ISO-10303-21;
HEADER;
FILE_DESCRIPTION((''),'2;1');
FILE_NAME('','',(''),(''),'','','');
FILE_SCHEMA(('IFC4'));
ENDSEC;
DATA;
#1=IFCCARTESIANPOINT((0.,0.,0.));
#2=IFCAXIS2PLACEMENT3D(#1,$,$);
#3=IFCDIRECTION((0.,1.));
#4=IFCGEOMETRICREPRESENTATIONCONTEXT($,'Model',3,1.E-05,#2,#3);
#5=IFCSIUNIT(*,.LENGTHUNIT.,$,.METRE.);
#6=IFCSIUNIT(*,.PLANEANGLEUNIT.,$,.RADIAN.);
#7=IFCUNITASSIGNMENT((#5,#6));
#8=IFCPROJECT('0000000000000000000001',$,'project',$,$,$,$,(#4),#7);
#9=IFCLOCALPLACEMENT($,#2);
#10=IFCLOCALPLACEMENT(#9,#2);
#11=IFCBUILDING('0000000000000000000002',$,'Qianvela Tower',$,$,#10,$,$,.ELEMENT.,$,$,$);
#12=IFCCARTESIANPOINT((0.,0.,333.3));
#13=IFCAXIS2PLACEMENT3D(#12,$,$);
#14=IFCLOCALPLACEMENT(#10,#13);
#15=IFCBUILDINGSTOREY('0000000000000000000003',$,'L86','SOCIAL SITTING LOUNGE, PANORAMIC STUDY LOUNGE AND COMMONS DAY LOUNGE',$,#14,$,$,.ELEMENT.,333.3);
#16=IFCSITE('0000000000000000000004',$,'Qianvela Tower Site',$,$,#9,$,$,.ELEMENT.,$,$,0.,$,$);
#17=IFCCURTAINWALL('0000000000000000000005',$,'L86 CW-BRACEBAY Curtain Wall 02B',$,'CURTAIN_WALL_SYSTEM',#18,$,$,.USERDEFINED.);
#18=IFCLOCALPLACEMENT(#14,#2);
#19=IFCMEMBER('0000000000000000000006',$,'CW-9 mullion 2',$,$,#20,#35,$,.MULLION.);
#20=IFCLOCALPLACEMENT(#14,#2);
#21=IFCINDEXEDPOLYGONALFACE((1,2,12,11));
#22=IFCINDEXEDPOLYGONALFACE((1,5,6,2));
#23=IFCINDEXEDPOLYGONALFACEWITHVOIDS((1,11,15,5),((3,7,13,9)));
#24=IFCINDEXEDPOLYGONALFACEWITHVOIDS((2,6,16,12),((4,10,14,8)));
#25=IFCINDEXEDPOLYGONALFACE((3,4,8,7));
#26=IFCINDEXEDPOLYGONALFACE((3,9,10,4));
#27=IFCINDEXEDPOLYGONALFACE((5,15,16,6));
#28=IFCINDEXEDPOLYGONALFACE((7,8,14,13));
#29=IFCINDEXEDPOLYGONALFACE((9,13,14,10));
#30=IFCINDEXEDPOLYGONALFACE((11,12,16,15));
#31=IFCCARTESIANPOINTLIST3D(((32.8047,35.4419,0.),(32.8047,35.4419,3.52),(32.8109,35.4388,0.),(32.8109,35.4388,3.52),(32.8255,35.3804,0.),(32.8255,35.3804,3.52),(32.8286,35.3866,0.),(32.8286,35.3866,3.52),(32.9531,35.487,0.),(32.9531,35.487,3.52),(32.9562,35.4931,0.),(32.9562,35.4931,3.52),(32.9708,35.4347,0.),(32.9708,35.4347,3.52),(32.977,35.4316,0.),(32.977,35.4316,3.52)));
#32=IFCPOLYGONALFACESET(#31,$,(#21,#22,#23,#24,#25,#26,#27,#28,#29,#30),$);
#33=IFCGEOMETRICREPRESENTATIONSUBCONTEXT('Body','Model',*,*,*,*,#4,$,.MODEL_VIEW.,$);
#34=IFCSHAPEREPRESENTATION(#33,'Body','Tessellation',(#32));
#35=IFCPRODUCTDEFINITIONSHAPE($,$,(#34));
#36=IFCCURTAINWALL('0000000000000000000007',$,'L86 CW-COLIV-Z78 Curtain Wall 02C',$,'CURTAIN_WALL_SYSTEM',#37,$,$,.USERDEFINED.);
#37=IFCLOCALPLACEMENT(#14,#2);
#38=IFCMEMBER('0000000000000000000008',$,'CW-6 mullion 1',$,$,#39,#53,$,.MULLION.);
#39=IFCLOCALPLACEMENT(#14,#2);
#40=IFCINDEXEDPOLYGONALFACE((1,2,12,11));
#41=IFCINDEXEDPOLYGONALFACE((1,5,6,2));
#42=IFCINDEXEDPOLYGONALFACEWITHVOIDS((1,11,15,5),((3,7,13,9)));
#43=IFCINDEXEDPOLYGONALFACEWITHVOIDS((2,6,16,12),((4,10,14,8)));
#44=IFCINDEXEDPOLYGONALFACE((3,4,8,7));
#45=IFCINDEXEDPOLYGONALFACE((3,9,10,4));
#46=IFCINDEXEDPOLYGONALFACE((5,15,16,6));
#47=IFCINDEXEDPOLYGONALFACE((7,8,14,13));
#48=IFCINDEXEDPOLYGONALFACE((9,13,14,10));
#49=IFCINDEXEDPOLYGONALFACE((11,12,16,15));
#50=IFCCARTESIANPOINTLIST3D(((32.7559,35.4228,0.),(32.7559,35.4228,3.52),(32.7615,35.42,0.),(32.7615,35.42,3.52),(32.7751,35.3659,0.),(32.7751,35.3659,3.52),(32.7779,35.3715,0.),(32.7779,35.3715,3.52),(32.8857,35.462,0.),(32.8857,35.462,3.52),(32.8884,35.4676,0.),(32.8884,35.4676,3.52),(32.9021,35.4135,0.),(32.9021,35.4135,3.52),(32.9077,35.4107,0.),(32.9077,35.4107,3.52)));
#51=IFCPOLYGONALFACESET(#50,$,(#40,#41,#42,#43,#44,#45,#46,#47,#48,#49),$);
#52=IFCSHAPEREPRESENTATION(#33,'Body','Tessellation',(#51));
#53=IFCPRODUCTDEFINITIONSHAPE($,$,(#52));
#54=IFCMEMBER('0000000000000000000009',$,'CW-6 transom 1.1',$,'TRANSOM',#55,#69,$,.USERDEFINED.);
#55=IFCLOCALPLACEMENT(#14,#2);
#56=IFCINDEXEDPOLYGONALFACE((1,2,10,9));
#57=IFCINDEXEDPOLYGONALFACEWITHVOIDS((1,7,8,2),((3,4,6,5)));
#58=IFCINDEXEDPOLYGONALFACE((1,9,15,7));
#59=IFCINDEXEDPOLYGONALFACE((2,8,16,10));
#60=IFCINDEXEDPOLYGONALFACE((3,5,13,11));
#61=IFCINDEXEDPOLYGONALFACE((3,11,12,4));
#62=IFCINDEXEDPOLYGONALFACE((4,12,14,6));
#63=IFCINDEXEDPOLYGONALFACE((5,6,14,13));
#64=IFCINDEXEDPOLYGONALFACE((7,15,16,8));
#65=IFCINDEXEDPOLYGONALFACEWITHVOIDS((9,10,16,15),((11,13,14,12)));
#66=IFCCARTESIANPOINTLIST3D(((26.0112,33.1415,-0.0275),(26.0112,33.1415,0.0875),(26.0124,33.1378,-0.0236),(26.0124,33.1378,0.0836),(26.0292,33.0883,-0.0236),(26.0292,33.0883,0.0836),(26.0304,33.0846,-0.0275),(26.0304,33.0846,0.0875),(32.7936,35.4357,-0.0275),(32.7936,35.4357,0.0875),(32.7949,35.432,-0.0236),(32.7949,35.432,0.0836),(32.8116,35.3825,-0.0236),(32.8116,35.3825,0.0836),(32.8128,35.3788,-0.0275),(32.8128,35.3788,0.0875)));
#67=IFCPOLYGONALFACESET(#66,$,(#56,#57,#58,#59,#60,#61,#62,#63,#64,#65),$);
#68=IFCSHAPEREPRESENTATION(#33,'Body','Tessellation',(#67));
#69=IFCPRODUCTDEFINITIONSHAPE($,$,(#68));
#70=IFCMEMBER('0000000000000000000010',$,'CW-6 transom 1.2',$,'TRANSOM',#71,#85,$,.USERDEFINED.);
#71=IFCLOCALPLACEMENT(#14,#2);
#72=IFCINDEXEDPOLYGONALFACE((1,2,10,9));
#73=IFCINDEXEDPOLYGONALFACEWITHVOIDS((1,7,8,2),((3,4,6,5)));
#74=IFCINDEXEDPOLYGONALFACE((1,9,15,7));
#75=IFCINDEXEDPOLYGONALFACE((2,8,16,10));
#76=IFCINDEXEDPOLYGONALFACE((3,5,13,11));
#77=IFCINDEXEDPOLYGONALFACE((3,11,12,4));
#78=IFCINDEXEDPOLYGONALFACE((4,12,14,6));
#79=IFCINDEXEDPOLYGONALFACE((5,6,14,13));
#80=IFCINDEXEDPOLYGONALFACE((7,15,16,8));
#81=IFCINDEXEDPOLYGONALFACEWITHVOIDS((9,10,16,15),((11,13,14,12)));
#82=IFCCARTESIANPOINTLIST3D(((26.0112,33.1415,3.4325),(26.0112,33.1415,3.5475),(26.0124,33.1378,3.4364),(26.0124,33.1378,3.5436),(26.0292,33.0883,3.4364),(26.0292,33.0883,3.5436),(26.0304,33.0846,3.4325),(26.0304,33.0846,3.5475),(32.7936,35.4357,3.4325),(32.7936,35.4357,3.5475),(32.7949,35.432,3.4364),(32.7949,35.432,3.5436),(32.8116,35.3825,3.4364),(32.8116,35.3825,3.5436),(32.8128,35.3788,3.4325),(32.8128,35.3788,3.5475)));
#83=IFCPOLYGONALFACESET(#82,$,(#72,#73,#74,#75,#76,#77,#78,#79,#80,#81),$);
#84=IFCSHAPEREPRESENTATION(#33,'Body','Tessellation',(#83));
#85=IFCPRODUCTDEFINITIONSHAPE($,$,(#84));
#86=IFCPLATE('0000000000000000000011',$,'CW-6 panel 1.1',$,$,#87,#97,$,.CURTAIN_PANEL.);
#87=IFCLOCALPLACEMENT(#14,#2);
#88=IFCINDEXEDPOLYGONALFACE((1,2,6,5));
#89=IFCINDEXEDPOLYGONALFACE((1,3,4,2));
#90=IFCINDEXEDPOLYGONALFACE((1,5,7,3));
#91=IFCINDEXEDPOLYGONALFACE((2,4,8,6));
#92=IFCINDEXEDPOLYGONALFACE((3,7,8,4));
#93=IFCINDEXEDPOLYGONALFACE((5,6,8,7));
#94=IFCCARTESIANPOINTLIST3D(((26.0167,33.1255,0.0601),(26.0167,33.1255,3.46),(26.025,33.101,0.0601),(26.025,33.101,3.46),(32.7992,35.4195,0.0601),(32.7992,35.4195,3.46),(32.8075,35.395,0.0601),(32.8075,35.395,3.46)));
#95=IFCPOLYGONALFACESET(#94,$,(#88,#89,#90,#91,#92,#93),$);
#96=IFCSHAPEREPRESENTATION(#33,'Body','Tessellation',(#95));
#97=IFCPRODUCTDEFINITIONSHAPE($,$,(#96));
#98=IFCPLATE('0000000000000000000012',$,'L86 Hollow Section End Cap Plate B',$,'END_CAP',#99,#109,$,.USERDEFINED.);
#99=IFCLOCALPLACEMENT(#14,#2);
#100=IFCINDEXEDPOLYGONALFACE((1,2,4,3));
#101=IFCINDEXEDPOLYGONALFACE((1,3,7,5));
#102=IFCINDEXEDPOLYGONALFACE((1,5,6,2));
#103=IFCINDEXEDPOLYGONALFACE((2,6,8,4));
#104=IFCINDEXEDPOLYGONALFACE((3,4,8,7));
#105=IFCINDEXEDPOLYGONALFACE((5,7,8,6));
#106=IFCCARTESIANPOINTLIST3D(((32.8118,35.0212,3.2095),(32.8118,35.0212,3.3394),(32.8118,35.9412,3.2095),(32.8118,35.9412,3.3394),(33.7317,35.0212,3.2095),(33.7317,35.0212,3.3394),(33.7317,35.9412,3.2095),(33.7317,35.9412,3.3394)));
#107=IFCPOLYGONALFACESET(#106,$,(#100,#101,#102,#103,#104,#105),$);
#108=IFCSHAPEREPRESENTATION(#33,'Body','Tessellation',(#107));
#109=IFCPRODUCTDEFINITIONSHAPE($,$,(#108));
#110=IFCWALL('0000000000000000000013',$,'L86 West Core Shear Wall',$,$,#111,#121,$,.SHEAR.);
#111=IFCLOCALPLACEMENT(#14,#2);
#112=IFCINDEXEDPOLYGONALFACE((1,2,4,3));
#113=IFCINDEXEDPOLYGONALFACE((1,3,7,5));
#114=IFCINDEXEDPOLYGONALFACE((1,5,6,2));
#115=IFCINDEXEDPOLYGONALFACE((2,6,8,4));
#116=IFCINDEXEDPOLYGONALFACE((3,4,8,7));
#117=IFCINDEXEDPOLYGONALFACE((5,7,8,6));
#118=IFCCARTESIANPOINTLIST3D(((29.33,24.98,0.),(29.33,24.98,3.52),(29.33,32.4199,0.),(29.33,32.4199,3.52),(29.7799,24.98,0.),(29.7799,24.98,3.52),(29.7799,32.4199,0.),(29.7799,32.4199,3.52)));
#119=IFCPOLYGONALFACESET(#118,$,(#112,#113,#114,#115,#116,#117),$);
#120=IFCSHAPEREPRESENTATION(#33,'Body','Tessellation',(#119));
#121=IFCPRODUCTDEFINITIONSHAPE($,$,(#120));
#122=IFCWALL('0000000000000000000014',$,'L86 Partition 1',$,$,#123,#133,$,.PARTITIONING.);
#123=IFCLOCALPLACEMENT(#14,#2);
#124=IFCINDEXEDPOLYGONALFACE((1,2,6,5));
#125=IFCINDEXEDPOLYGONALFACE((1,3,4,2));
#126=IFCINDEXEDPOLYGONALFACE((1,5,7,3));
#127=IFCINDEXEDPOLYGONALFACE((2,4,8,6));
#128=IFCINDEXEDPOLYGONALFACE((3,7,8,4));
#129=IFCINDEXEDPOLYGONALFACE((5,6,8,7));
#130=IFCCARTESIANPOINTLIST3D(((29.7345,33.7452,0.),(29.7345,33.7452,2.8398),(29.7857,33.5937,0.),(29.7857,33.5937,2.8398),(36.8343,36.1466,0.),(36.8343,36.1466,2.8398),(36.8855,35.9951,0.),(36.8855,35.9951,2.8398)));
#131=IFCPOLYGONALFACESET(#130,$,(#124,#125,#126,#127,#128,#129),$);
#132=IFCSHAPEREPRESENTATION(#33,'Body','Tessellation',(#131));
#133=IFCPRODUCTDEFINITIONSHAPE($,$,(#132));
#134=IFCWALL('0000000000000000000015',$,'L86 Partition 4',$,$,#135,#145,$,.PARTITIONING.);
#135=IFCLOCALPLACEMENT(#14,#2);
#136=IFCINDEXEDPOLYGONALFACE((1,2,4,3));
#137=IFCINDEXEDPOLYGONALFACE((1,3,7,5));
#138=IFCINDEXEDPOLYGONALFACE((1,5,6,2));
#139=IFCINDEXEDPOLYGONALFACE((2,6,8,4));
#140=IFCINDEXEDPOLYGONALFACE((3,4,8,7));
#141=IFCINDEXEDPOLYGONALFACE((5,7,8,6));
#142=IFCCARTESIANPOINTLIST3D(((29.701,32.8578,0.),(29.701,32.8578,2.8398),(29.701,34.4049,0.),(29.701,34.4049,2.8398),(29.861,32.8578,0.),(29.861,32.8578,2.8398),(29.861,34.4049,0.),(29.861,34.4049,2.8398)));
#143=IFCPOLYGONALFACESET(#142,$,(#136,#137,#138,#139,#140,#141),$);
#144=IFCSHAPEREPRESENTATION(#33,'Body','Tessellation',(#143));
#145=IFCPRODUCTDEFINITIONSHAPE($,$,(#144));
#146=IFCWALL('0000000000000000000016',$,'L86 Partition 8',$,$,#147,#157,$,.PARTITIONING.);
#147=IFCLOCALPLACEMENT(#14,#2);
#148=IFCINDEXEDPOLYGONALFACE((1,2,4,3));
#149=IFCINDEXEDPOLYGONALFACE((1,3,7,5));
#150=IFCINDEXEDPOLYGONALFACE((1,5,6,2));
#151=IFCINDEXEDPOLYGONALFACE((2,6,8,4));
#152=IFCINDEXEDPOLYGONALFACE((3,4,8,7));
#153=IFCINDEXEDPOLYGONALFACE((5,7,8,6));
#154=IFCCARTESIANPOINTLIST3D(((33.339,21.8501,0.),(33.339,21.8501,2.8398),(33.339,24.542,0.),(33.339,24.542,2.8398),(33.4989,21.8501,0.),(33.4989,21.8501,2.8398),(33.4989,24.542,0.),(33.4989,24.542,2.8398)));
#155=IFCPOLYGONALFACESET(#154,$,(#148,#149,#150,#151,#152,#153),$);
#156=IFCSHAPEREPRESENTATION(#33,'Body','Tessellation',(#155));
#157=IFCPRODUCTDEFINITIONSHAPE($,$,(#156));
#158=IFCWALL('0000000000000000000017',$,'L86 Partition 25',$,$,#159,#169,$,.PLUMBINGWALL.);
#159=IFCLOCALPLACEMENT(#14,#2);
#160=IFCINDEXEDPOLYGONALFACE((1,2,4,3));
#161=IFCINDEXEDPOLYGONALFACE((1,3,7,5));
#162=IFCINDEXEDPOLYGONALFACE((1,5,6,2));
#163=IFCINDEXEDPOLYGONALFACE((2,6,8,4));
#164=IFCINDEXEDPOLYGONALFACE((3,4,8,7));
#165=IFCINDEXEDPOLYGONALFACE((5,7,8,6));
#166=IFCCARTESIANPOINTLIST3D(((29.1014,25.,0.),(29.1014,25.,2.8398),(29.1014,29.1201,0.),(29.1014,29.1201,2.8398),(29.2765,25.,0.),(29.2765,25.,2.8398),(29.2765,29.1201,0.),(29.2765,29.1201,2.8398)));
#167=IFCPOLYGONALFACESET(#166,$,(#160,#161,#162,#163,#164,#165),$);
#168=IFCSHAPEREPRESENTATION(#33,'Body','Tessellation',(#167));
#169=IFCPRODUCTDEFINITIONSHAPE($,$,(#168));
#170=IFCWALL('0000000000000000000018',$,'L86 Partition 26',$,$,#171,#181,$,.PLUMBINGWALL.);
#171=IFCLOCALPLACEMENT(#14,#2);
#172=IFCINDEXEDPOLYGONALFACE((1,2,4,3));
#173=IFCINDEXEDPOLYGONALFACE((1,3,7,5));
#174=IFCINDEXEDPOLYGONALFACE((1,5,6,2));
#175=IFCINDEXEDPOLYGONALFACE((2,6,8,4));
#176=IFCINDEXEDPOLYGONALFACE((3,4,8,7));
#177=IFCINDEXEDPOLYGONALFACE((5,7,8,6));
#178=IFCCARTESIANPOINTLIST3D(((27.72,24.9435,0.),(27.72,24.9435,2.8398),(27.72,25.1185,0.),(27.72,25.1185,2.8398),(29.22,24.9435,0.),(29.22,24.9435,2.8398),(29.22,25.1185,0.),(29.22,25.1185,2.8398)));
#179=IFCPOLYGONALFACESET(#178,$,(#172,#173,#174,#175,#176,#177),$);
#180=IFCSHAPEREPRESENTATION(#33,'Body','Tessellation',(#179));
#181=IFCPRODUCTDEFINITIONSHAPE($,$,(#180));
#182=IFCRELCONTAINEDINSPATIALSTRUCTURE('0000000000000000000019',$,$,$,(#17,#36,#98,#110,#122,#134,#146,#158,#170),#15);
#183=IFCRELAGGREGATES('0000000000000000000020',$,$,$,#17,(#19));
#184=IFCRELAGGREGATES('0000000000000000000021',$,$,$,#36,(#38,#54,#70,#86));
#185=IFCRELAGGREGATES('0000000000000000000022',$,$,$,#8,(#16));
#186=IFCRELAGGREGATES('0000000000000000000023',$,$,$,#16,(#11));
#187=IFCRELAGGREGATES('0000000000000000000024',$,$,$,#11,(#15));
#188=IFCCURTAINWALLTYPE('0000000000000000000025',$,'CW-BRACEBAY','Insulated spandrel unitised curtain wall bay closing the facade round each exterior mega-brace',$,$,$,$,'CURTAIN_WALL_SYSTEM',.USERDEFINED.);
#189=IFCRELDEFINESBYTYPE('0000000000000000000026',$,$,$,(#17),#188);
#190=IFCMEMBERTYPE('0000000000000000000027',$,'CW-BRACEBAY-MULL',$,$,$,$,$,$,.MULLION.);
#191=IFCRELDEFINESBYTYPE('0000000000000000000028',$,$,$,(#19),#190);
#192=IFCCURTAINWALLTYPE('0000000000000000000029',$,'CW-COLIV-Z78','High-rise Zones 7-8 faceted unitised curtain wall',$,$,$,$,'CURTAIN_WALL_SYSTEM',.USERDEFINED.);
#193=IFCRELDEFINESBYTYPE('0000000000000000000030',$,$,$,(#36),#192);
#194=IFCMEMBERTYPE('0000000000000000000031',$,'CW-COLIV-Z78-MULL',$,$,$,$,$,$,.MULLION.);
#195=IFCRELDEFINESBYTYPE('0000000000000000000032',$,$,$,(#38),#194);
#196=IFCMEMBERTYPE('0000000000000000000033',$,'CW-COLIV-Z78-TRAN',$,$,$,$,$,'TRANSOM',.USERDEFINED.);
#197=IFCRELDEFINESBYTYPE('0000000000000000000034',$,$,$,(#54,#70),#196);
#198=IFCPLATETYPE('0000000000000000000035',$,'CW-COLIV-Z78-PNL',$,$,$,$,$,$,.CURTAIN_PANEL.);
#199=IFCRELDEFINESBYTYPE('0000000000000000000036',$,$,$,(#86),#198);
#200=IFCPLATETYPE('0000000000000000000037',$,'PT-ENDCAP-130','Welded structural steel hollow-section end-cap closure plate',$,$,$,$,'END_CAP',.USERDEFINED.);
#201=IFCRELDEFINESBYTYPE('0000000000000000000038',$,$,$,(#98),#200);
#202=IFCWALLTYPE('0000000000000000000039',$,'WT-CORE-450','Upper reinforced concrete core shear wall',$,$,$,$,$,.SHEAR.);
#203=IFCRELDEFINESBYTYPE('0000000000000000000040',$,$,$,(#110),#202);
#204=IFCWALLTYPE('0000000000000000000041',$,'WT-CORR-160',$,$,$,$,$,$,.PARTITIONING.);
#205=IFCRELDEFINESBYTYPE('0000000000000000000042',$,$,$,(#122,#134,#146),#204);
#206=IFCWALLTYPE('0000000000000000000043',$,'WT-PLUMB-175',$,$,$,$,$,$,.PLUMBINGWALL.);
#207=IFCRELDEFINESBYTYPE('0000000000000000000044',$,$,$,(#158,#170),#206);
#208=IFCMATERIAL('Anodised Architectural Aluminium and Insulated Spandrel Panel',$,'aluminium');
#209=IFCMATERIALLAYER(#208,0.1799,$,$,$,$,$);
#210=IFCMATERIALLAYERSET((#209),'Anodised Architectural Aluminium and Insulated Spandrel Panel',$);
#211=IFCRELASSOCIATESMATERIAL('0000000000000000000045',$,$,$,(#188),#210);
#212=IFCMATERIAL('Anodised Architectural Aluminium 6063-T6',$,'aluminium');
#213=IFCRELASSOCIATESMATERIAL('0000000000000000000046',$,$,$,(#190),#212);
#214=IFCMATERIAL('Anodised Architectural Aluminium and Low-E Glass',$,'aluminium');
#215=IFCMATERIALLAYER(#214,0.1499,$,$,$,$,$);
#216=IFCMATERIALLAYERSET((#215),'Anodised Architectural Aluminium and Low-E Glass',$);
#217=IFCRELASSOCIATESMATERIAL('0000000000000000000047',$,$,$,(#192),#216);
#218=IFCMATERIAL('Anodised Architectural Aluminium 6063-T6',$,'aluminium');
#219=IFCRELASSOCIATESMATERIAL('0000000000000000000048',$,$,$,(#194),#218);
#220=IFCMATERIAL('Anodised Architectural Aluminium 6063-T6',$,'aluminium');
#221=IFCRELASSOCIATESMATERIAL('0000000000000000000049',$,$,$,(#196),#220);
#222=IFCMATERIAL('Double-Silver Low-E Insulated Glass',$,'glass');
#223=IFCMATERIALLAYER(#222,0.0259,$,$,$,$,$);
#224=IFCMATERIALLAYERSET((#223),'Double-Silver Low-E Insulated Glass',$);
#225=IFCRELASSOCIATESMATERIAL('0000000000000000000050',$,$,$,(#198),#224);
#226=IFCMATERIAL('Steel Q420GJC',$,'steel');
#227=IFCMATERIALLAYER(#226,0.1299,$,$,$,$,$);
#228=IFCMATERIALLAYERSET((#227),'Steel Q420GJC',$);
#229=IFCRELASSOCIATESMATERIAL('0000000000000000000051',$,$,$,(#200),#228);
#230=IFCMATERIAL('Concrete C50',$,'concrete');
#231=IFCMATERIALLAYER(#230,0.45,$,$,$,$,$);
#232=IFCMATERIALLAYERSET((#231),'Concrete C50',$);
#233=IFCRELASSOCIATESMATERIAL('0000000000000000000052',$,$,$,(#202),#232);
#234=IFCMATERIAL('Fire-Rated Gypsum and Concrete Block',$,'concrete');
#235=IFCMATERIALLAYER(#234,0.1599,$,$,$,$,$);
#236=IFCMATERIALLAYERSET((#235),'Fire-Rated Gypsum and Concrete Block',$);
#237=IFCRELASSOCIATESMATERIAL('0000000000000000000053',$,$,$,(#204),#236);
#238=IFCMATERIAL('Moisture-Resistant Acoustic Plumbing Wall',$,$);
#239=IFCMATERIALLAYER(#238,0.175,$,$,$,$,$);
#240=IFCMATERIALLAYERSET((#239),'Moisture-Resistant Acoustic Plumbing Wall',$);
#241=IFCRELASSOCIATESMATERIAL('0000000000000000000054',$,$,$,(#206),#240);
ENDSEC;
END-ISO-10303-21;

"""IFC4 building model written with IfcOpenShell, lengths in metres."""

from ifc_helpers import new_model, si_unit, direction, frame, frame_2d, origin, origin_2d, place, context, subcontext, project, spatial, rectangle, hollow_rectangle, extrude, material, layer, layer_set, material_profile, profile_set, type_object, element, aggregate, save


model = new_model("IFC4")

# Units and contexts
model_context = context("Model", 3, precision=1e-05, world=origin(), true_north=direction((0.0, 1.0)))
body_context = subcontext(model_context, "Body", "Model", "MODEL_VIEW")
ifc_project = project(units=[si_unit("LENGTHUNIT", "METRE"), si_unit("PLANEANGLEUNIT", "RADIAN")], contexts=[model_context])

# Site, building, storey
site_placement = place(None, origin())
site = spatial("IfcSite", under=ifc_project, at=site_placement, Name="Qianvela Tower Site", CompositionType="ELEMENT", RefElevation=0.0)
building_placement = place(site_placement, origin())
building = spatial("IfcBuilding", under=site, at=building_placement, Name="Qianvela Tower", CompositionType="ELEMENT")
storey_placement = place(building_placement, frame((0.0, 0.0, 333.3)))
storey = spatial("IfcBuildingStorey", under=building, at=storey_placement, Name="L86", Description="SOCIAL SITTING LOUNGE, PANORAMIC STUDY LOUNGE AND COMMONS DAY LOUNGE", CompositionType="ELEMENT", Elevation=333.3)

# Curtain wall, member
ifc_material_1 = material(Name="Anodised Architectural Aluminium and Insulated Spandrel Panel", Category="aluminium")
ifc_layer_1 = layer(ifc_material_1, 0.1799)
ifc_layer_set_1 = layer_set([ifc_layer_1], Name="Anodised Architectural Aluminium and Insulated Spandrel Panel")
curtain_wall_type_1 = type_object("IfcCurtainWallType", Name="CW-BRACEBAY", Description="Insulated spandrel unitised curtain wall bay closing the facade round each exterior mega-brace", ElementType="CURTAIN_WALL_SYSTEM", PredefinedType="USERDEFINED", material=ifc_layer_set_1)
curtain_wall_1_placement = place(storey_placement, origin())
curtain_wall_1 = element("IfcCurtainWall", 1, at=curtain_wall_1_placement, inside=storey, type_object=curtain_wall_type_1, Name="L86 CW-BRACEBAY Curtain Wall 02B", ObjectType="CURTAIN_WALL_SYSTEM", PredefinedType="USERDEFINED")
ifc_material_2 = material(Name="Anodised Architectural Aluminium 6063-T6", Category="aluminium")
ifc_material_profile_1 = material_profile(ifc_material_2, hollow_rectangle(XDim=0.0649, YDim=0.1599, WallThickness=0.0049, at=origin_2d()), Name="ALU-MULL-65x160")
ifc_profile_set_1 = profile_set([ifc_material_profile_1], Name="Anodised Architectural Aluminium 6063-T6")
member_type_1 = type_object("IfcMemberType", Name="CW-BRACEBAY-MULL", PredefinedType="MULLION", material=ifc_profile_set_1)
member_1_placement = place(storey_placement, frame((32.8909, 35.4368, 0.0), z_axis=(0.0, 0.0, 1.0), x_axis=(0.320395, -0.947284, 0.0)))
member_1 = element("IfcMember", 2, at=member_1_placement, type_object=member_type_1, Name="CW-9 mullion 2", PredefinedType="MULLION", context=body_context, shape_type="SweptSolid", body=[
    extrude(hollow_rectangle(XDim=0.0649, YDim=0.1599, WallThickness=0.0049, at=origin_2d()), origin(), (0.0, 0.0, 1.0), 3.52),
])
aggregate(curtain_wall_1, [member_1])

# Curtain wall, members, plate
ifc_material_3 = material(Name="Anodised Architectural Aluminium and Low-E Glass", Category="aluminium")
ifc_layer_2 = layer(ifc_material_3, 0.1499)
ifc_layer_set_2 = layer_set([ifc_layer_2], Name="Anodised Architectural Aluminium and Low-E Glass")
curtain_wall_type_2 = type_object("IfcCurtainWallType", Name="CW-COLIV-Z78", Description="High-rise Zones 7-8 faceted unitised curtain wall", ElementType="CURTAIN_WALL_SYSTEM", PredefinedType="USERDEFINED", material=ifc_layer_set_2)
curtain_wall_2_placement = place(storey_placement, origin())
curtain_wall_2 = element("IfcCurtainWall", 3, at=curtain_wall_2_placement, inside=storey, type_object=curtain_wall_type_2, Name="L86 CW-COLIV-Z78 Curtain Wall 02C", ObjectType="CURTAIN_WALL_SYSTEM", PredefinedType="USERDEFINED")
ifc_material_4 = material(Name="Anodised Architectural Aluminium 6063-T6", Category="aluminium")
ifc_material_profile_2 = material_profile(ifc_material_4, hollow_rectangle(XDim=0.0601, YDim=0.1399, WallThickness=0.0044, at=origin_2d()), Name="ALU-MULL-60x140")
ifc_profile_set_2 = profile_set([ifc_material_profile_2], Name="Anodised Architectural Aluminium 6063-T6")
member_type_2 = type_object("IfcMemberType", Name="CW-COLIV-Z78-MULL", PredefinedType="MULLION", material=ifc_profile_set_2)
member_2_placement = place(storey_placement, frame((32.8318, 35.4167, 0.0), z_axis=(0.0, 0.0, 1.0), x_axis=(0.3204, -0.947282, 0.0)))
member_2 = element("IfcMember", 4, at=member_2_placement, type_object=member_type_2, Name="CW-6 mullion 1", PredefinedType="MULLION", context=body_context, shape_type="SweptSolid", body=[
    extrude(hollow_rectangle(XDim=0.0601, YDim=0.1399, WallThickness=0.0044, at=origin_2d()), origin(), (0.0, 0.0, 1.0), 3.52),
])
ifc_material_5 = material(Name="Anodised Architectural Aluminium 6063-T6", Category="aluminium")
ifc_material_profile_3 = material_profile(ifc_material_5, hollow_rectangle(XDim=0.0601, YDim=0.115, WallThickness=0.0039, at=origin_2d()), Name="ALU-TRAN-60x115")
ifc_profile_set_3 = profile_set([ifc_material_profile_3], Name="Anodised Architectural Aluminium 6063-T6")
member_type_3 = type_object("IfcMemberType", Name="CW-COLIV-Z78-TRAN", ElementType="TRANSOM", PredefinedType="USERDEFINED", material=ifc_profile_set_3)
member_3_placement = place(storey_placement, frame((32.8032, 35.4072, 0.03), z_axis=(-0.947276, -0.320419, 0.0), x_axis=(0.320419, -0.947276, 0.0)))
member_3 = element("IfcMember", 5, at=member_3_placement, type_object=member_type_3, Name="CW-6 transom 1.1", ObjectType="TRANSOM", PredefinedType="USERDEFINED", context=body_context, shape_type="SweptSolid", body=[
    extrude(hollow_rectangle(XDim=0.0601, YDim=0.115, WallThickness=0.0039, at=origin_2d()), origin(), (0.0, 0.0, 1.0), 7.1599),
])
member_4_placement = place(storey_placement, frame((32.8032, 35.4072, 3.49), z_axis=(-0.947276, -0.320419, 0.0), x_axis=(0.320419, -0.947276, 0.0)))
member_4 = element("IfcMember", 6, at=member_4_placement, type_object=member_type_3, Name="CW-6 transom 1.2", ObjectType="TRANSOM", PredefinedType="USERDEFINED", context=body_context, shape_type="SweptSolid", body=[
    extrude(hollow_rectangle(XDim=0.0601, YDim=0.115, WallThickness=0.0039, at=origin_2d()), origin(), (0.0, 0.0, 1.0), 7.1599),
])
ifc_material_6 = material(Name="Double-Silver Low-E Insulated Glass", Category="glass")
ifc_layer_3 = layer(ifc_material_6, 0.0259)
ifc_layer_set_3 = layer_set([ifc_layer_3], Name="Double-Silver Low-E Insulated Glass")
plate_type_1 = type_object("IfcPlateType", Name="CW-COLIV-Z78-PNL", PredefinedType="CURTAIN_PANEL", material=ifc_layer_set_3)
plate_1_placement = place(storey_placement, frame((29.4121, 34.2603, 0.0601), z_axis=(0.0, 0.0, 1.0), x_axis=(-0.947282, -0.3204, 0.0)))
plate_1 = element("IfcPlate", 7, at=plate_1_placement, type_object=plate_type_1, Name="CW-6 panel 1.1", PredefinedType="CURTAIN_PANEL", context=body_context, shape_type="SweptSolid", body=[
    extrude(rectangle(XDim=7.1599, YDim=0.0259, at=origin_2d()), origin(), (0.0, 0.0, 1.0), 3.3999),
])
aggregate(curtain_wall_2, [member_2, member_3, member_4, plate_1])

# Plate
ifc_material_7 = material(Name="Steel Q420GJC", Category="steel")
ifc_layer_4 = layer(ifc_material_7, 0.1299)
ifc_layer_set_4 = layer_set([ifc_layer_4], Name="Steel Q420GJC")
plate_type_2 = type_object("IfcPlateType", Name="PT-ENDCAP-130", Description="Welded structural steel hollow-section end-cap closure plate", ElementType="END_CAP", PredefinedType="USERDEFINED", material=ifc_layer_set_4)
plate_2_placement = place(storey_placement, frame((33.2717, 35.4812, 3.2095), z_axis=(0.0, 0.0, 1.0), x_axis=(1.0, 0.0, 0.0)))
element("IfcPlate", 8, at=plate_2_placement, inside=storey, type_object=plate_type_2, Name="L86 Hollow Section End Cap Plate B", ObjectType="END_CAP", PredefinedType="USERDEFINED", context=body_context, shape_type="SweptSolid", body=[
    extrude(rectangle(XDim=0.9199, YDim=0.9199, at=origin_2d()), origin(), (0.0, 0.0, 1.0), 0.1299),
])

# Shared definitions
ifc_material_8 = material(Name="Concrete C50", Category="concrete")
ifc_layer_5 = layer(ifc_material_8, 0.45)
ifc_layer_set_5 = layer_set([ifc_layer_5], Name="Concrete C50")
wall_type_1 = type_object("IfcWallType", Name="WT-CORE-450", Description="Upper reinforced concrete core shear wall", PredefinedType="SHEAR", material=ifc_layer_set_5)

# Walls
wall_1_placement = place(storey_placement, frame((29.5549, 24.98, 0.0), z_axis=(0.0, 0.0, 1.0), x_axis=(0.0, 1.0, 0.0)))
element("IfcWall", 9, at=wall_1_placement, inside=storey, type_object=wall_type_1, Name="L86 West Core Shear Wall", PredefinedType="SHEAR", context=body_context, shape_type="SweptSolid", body=[
    extrude(rectangle(XDim=7.4399, YDim=0.45, at=frame_2d((3.72, 0.0))), origin(), (0.0, 0.0, 1.0), 3.52),
])
ifc_material_9 = material(Name="Fire-Rated Gypsum and Concrete Block", Category="concrete")
ifc_layer_6 = layer(ifc_material_9, 0.1599)
ifc_layer_set_6 = layer_set([ifc_layer_6], Name="Fire-Rated Gypsum and Concrete Block")
wall_type_2 = type_object("IfcWallType", Name="WT-CORR-160", PredefinedType="PARTITIONING", material=ifc_layer_set_6)
wall_2_placement = place(storey_placement, frame((29.76, 33.6694, 0.0), z_axis=(0.0, 0.0, 1.0), x_axis=(0.947283, 0.320397, 0.0)))
element("IfcWall", 10, at=wall_2_placement, inside=storey, type_object=wall_type_2, Name="L86 Partition 1", PredefinedType="PARTITIONING", context=body_context, shape_type="SweptSolid", body=[
    extrude(rectangle(XDim=7.4949, YDim=0.1599, at=frame_2d((3.7476, 0.0))), origin(), (0.0, 0.0, 1.0), 2.8398),
])
wall_3_placement = place(storey_placement, frame((29.781, 32.8579, 0.0), z_axis=(0.0, 0.0, 1.0), x_axis=(0.0, 1.0, 0.0)))
element("IfcWall", 11, at=wall_3_placement, inside=storey, type_object=wall_type_2, Name="L86 Partition 4", PredefinedType="PARTITIONING", context=body_context, shape_type="SweptSolid", body=[
    extrude(rectangle(XDim=1.5471, YDim=0.1599, at=frame_2d((0.7734, 0.0))), origin(), (0.0, 0.0, 1.0), 2.8398),
])
wall_4_placement = place(storey_placement, frame((33.4189, 24.542, 0.0), z_axis=(0.0, 0.0, 1.0), x_axis=(0.0, -1.0, 0.0)))
element("IfcWall", 12, at=wall_4_placement, inside=storey, type_object=wall_type_2, Name="L86 Partition 8", PredefinedType="PARTITIONING", context=body_context, shape_type="SweptSolid", body=[
    extrude(rectangle(XDim=2.6919, YDim=0.1599, at=frame_2d((1.3459, 0.0))), origin(), (0.0, 0.0, 1.0), 2.8398),
])
ifc_material_10 = material(Name="Moisture-Resistant Acoustic Plumbing Wall")
ifc_layer_7 = layer(ifc_material_10, 0.175)
ifc_layer_set_7 = layer_set([ifc_layer_7], Name="Moisture-Resistant Acoustic Plumbing Wall")
wall_type_3 = type_object("IfcWallType", Name="WT-PLUMB-175", PredefinedType="PLUMBINGWALL", material=ifc_layer_set_7)
wall_5_placement = place(storey_placement, frame((29.189, 29.1201, 0.0), z_axis=(0.0, 0.0, 1.0), x_axis=(0.0, -1.0, 0.0)))
element("IfcWall", 13, at=wall_5_placement, inside=storey, type_object=wall_type_3, Name="L86 Partition 25", PredefinedType="PLUMBINGWALL", context=body_context, shape_type="SweptSolid", body=[
    extrude(rectangle(XDim=4.1201, YDim=0.175, at=frame_2d((2.0601, 0.0))), origin(), (0.0, 0.0, 1.0), 2.8398),
])
wall_6_placement = place(storey_placement, frame((29.22, 25.031, 0.0), z_axis=(0.0, 0.0, 1.0), x_axis=(-1.0, 0.0, 0.0)))
element("IfcWall", 14, at=wall_6_placement, inside=storey, type_object=wall_type_3, Name="L86 Partition 26", PredefinedType="PLUMBINGWALL", context=body_context, shape_type="SweptSolid", body=[
    extrude(rectangle(XDim=1.5, YDim=0.175, at=frame_2d((0.75, 0.0))), origin(), (0.0, 0.0, 1.0), 2.8398),
])

save(model, "model.ifc")
